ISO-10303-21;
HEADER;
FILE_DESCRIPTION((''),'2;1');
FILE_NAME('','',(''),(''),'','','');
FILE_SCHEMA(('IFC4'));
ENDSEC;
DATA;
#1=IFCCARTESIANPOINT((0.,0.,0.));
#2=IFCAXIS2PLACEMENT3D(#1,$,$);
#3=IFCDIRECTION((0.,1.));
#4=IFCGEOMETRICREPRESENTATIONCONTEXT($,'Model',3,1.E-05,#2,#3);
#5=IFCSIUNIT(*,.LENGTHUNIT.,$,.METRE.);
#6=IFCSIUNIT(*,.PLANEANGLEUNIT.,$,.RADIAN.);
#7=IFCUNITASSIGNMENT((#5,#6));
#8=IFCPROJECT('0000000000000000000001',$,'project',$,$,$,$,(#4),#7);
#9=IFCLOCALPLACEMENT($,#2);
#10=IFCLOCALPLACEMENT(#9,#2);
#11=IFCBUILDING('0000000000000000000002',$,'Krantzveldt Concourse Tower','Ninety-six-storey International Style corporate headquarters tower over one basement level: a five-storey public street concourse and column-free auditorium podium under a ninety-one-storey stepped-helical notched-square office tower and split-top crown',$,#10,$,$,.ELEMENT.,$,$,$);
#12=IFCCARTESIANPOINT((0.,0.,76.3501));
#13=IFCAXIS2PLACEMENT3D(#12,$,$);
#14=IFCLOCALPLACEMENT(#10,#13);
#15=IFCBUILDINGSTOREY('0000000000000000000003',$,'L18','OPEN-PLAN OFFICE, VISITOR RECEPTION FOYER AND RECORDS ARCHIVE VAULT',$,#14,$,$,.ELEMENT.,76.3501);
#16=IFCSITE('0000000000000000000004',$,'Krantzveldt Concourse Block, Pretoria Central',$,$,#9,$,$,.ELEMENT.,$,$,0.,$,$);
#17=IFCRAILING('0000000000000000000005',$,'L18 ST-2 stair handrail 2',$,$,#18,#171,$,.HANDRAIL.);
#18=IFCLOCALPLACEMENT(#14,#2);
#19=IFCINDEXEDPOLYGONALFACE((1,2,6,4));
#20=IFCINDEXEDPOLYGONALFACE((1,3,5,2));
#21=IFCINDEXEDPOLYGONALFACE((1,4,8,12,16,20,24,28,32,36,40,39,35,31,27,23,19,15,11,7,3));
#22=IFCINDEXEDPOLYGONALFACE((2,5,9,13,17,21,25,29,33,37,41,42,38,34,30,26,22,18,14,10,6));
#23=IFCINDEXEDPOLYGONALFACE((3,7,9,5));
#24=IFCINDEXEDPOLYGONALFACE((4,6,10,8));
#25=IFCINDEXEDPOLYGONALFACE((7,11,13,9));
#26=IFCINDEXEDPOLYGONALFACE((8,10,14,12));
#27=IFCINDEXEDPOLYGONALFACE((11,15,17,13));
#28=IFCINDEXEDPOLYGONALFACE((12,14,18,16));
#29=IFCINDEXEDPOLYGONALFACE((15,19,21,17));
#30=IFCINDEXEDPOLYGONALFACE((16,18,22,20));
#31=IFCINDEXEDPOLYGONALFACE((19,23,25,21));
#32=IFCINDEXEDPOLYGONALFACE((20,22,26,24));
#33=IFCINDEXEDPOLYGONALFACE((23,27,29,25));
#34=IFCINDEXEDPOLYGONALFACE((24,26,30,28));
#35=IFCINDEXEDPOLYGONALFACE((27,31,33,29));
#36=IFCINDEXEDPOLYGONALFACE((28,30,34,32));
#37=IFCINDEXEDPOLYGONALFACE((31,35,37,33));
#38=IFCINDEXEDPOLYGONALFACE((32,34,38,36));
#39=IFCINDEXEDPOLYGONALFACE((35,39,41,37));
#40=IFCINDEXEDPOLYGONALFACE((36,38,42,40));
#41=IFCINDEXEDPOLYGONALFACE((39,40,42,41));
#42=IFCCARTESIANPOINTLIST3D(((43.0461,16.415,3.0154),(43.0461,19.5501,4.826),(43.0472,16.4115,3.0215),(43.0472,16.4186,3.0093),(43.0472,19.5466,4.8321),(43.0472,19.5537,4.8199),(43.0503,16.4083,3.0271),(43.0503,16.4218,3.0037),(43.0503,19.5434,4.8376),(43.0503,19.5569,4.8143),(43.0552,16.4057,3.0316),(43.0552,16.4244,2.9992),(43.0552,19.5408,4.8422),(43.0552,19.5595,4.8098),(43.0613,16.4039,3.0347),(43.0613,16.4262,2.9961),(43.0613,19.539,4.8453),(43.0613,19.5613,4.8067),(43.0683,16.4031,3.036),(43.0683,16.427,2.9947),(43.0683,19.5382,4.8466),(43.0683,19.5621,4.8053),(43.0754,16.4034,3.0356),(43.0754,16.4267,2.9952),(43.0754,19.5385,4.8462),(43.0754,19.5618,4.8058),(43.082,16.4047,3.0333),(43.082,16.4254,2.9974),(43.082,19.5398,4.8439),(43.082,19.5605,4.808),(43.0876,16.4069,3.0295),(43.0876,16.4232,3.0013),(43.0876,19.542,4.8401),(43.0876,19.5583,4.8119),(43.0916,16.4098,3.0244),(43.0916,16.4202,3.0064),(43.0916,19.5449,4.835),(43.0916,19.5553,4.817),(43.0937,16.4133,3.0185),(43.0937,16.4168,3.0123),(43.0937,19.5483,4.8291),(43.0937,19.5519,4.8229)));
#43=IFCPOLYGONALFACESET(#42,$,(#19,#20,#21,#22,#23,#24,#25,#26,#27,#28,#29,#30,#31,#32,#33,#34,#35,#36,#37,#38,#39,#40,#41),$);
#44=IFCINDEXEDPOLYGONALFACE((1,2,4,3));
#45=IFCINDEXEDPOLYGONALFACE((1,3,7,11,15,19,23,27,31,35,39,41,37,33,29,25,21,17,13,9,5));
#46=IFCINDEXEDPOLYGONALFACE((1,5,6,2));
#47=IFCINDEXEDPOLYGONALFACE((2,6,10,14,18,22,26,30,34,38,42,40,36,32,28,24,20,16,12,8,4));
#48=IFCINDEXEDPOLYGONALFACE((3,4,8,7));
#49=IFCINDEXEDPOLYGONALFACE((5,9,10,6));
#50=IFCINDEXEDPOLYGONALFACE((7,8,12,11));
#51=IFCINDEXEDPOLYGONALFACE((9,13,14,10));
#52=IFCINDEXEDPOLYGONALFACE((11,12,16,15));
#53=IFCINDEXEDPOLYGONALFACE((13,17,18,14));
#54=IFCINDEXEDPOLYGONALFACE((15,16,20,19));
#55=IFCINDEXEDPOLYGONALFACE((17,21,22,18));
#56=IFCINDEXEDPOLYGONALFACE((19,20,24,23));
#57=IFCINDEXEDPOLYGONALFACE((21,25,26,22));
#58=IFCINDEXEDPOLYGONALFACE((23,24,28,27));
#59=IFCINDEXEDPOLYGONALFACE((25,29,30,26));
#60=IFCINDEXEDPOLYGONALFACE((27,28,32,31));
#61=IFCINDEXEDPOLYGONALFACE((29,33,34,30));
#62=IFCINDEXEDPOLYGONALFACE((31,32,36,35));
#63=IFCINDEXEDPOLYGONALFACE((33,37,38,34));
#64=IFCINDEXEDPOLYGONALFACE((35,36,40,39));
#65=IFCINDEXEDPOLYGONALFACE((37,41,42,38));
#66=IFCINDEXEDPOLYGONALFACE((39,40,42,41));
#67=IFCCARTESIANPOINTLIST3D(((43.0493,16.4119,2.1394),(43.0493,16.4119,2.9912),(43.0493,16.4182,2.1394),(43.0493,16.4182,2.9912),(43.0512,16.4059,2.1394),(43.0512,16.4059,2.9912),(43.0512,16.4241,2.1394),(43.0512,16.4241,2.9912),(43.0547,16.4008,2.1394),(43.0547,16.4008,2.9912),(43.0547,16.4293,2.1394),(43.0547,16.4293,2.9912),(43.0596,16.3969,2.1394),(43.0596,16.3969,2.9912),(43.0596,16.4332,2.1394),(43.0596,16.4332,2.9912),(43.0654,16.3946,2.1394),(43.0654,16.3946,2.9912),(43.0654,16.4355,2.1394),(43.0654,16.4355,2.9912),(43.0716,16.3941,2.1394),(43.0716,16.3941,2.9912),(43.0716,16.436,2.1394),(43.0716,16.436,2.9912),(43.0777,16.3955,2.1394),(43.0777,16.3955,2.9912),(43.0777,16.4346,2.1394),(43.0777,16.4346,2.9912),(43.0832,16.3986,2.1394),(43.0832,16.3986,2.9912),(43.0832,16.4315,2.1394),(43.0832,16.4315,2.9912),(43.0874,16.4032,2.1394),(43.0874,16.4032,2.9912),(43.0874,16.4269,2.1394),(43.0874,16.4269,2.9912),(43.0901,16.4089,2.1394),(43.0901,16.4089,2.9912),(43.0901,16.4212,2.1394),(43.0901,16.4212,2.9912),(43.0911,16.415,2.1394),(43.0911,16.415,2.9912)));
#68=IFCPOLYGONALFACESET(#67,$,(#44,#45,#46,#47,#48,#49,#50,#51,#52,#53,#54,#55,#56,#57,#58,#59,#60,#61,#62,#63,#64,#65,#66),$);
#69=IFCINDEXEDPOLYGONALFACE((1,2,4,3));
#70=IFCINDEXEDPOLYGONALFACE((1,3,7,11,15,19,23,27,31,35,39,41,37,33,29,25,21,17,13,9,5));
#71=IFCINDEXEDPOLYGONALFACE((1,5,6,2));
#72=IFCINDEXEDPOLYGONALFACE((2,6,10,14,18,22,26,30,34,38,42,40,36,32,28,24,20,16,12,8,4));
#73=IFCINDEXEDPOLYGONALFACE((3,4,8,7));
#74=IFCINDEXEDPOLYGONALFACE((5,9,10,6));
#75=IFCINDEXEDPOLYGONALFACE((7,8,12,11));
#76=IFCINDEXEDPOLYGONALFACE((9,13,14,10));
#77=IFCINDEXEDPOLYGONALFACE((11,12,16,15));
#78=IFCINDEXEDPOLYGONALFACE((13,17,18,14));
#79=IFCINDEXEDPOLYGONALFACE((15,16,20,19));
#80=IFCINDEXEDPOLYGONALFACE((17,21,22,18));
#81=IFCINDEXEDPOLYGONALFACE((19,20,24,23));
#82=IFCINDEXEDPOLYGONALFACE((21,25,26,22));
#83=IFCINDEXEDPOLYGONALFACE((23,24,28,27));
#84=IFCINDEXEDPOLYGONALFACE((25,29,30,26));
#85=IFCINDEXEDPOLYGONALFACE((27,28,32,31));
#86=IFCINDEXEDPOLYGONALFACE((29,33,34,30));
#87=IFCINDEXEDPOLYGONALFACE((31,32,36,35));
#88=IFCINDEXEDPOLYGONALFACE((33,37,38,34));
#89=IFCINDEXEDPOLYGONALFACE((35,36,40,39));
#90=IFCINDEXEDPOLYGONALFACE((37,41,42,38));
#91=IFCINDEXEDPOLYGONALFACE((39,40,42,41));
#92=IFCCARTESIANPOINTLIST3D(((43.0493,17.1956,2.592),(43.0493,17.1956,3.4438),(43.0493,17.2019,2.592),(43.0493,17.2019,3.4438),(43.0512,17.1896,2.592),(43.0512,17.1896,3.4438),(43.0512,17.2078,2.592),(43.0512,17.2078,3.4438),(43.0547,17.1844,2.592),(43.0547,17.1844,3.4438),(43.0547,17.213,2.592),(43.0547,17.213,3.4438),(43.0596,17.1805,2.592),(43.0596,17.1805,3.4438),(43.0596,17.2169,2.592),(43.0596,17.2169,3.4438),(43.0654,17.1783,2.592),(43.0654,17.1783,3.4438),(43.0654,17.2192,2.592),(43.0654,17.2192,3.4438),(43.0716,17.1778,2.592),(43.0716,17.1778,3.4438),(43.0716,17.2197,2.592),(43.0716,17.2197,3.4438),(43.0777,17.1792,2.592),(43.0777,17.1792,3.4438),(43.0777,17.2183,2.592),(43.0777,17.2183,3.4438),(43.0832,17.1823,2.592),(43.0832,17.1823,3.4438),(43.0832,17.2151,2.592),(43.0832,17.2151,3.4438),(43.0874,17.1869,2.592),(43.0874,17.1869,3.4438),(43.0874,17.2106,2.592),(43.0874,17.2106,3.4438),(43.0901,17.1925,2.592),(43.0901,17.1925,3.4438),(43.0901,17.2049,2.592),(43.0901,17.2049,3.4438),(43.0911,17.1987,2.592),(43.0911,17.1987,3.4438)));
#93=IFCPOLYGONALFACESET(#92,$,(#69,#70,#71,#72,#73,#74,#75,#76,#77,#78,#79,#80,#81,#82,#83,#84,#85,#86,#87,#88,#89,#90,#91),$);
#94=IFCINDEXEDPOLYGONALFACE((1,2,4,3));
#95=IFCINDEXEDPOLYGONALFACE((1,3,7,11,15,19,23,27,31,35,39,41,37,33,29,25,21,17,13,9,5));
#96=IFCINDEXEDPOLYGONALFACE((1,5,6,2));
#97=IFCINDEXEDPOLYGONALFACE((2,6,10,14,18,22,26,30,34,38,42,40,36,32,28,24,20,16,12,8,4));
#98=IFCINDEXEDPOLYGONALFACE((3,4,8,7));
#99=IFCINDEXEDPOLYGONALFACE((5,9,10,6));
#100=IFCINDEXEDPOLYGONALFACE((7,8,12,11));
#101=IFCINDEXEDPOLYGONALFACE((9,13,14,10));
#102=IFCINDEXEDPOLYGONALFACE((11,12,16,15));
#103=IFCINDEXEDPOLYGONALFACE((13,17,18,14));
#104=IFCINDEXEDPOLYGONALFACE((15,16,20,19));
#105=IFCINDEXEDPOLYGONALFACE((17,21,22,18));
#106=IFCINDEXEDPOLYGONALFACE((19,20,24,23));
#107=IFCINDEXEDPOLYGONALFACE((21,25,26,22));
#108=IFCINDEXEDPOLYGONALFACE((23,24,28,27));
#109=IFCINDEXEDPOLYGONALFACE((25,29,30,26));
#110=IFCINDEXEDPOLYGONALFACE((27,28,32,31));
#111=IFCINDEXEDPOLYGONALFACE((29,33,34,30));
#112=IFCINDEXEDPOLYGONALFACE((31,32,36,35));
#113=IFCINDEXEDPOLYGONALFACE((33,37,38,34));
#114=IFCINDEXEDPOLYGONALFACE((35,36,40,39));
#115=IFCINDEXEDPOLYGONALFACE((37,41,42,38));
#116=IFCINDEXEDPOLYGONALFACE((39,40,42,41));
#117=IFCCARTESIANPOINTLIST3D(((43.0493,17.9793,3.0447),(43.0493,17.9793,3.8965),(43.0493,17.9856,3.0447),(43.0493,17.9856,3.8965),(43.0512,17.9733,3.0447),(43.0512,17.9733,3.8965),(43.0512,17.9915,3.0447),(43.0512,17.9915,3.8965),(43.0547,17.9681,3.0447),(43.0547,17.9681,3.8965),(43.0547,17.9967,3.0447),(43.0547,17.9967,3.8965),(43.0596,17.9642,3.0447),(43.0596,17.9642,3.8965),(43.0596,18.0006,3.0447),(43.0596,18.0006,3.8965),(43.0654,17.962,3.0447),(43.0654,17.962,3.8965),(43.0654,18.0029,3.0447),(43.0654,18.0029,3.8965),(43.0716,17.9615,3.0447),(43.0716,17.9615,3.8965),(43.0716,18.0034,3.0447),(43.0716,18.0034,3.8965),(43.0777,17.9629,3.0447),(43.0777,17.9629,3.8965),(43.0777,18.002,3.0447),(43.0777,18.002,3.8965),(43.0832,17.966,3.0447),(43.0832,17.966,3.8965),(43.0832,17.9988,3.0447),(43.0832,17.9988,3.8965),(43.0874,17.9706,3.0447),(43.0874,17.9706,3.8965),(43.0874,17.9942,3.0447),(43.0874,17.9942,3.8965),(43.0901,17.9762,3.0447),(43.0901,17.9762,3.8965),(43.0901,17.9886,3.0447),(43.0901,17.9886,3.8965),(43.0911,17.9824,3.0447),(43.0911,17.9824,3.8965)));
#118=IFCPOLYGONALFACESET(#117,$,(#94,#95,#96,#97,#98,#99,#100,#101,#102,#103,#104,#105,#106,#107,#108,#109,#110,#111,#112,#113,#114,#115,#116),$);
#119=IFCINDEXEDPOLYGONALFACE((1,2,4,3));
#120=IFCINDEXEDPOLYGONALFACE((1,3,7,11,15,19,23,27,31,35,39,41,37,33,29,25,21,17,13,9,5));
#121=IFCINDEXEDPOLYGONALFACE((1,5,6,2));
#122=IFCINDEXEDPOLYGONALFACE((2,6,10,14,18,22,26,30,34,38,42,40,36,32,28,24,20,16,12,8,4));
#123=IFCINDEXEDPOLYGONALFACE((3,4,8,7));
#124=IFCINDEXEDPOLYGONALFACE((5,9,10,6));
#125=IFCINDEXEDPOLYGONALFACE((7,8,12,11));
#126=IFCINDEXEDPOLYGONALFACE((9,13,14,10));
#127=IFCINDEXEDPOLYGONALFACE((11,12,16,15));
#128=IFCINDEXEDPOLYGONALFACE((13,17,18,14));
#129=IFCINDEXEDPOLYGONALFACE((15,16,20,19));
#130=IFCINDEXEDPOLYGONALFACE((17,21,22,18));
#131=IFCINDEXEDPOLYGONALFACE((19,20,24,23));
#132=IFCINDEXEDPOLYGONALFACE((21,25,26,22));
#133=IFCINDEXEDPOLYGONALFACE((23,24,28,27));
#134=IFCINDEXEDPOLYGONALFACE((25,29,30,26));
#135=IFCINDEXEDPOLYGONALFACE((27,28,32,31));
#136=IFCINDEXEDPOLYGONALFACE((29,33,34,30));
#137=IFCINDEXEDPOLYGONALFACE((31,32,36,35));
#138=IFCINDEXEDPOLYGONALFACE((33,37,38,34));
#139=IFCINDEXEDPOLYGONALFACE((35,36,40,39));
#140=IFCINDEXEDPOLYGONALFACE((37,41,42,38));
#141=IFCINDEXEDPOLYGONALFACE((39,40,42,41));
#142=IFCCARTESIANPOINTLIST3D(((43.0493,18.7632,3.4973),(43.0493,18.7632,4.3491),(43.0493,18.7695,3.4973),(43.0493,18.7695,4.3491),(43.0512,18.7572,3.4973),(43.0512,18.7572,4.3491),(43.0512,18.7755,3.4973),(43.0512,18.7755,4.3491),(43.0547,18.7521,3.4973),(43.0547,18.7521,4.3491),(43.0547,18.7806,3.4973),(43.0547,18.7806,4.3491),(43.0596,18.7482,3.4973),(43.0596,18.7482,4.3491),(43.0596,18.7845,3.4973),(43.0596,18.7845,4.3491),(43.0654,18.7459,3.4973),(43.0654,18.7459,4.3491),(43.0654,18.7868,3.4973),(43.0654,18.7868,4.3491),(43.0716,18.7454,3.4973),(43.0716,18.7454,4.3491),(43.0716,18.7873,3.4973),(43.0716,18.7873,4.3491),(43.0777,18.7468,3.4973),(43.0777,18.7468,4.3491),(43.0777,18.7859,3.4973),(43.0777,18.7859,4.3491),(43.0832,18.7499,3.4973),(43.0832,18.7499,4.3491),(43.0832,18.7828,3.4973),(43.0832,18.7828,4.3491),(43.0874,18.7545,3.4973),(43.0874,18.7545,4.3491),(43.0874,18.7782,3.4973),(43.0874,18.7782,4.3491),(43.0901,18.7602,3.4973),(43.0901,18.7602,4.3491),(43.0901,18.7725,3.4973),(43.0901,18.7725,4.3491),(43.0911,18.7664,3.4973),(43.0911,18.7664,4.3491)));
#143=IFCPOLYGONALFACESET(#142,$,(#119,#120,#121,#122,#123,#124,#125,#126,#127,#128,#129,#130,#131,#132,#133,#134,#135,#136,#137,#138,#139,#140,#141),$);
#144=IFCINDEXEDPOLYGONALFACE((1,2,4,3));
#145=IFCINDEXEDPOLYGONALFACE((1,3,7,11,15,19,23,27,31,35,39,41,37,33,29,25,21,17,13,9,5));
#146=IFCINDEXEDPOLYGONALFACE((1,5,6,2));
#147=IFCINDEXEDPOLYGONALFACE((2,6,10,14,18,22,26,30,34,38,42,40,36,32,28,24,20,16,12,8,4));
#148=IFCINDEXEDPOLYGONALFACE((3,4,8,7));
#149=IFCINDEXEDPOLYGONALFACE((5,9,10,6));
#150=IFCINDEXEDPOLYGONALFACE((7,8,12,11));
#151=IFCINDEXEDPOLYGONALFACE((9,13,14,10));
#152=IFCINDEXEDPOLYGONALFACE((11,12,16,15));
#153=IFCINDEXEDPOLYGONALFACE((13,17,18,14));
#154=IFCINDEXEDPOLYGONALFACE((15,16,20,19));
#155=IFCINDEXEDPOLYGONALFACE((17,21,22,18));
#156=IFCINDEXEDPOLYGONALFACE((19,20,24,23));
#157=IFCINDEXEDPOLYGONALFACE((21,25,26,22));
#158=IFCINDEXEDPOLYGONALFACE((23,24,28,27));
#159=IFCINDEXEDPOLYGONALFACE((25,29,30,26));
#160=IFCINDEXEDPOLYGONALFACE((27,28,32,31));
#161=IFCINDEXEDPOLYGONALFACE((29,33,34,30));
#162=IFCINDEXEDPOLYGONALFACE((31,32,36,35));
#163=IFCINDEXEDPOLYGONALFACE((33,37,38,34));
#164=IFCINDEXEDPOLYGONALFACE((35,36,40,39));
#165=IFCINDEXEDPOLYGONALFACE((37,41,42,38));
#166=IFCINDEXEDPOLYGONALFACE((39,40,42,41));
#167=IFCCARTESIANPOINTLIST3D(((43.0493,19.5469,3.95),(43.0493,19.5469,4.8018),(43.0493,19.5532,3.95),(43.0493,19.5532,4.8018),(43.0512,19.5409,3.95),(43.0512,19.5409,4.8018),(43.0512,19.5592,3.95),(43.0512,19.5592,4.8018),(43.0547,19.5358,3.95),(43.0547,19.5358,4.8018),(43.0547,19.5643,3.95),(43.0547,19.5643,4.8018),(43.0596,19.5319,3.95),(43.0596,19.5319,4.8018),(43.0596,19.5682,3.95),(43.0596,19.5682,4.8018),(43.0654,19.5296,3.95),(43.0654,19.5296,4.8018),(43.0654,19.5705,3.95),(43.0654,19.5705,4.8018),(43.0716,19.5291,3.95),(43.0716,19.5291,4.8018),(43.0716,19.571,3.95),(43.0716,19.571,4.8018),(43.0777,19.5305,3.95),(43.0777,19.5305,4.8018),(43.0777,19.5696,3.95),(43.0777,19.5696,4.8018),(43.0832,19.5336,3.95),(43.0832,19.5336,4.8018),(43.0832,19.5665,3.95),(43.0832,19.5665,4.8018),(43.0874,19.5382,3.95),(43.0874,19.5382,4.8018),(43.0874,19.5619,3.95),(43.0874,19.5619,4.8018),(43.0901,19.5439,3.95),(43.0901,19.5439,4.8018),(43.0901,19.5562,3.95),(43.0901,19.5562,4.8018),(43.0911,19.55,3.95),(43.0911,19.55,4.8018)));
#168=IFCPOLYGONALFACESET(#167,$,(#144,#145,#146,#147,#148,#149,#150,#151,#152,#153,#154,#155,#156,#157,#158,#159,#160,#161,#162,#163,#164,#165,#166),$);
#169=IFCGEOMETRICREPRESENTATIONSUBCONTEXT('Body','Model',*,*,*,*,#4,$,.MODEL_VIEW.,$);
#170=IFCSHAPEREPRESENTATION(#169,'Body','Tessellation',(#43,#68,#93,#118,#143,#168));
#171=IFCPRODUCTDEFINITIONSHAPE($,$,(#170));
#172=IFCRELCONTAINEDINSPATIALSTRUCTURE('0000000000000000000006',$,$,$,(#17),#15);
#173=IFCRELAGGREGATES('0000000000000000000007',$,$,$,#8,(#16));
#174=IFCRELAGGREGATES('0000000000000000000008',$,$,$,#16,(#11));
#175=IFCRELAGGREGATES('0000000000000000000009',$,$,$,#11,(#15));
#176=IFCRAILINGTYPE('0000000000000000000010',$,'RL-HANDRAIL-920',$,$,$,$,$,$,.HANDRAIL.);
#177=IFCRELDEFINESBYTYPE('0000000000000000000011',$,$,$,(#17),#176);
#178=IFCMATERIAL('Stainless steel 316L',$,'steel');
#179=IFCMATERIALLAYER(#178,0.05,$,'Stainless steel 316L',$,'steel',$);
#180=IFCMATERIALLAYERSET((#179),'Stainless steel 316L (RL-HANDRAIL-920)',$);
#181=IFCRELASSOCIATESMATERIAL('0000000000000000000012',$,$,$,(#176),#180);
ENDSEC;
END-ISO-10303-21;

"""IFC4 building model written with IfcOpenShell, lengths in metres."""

from ifc_helpers import new_model, si_unit, direction, frame, origin, origin_2d, place, context, subcontext, project, spatial, circle, extrude, material, layer, layer_set, type_object, element, save


model = new_model("IFC4")

# Units and contexts
model_context = context("Model", 3, precision=1e-05, world=origin(), true_north=direction((0.0, 1.0)))
body_context = subcontext(model_context, "Body", "Model", "MODEL_VIEW")
ifc_project = project(units=[si_unit("LENGTHUNIT", "METRE"), si_unit("PLANEANGLEUNIT", "RADIAN")], contexts=[model_context])

# Site, building, storey
site_placement = place(None, origin())
site = spatial("IfcSite", under=ifc_project, at=site_placement, Name="Krantzveldt Concourse Block, Pretoria Central", CompositionType="ELEMENT", RefElevation=0.0)
building_placement = place(site_placement, origin())
building = spatial("IfcBuilding", under=site, at=building_placement, Name="Krantzveldt Concourse Tower", Description="Ninety-six-storey International Style corporate headquarters tower over one basement level: a five-storey public street concourse and column-free auditorium podium under a ninety-one-storey stepped-helical notched-square office tower and split-top crown", CompositionType="ELEMENT")
storey_placement = place(building_placement, frame((0.0, 0.0, 76.3501)))
storey = spatial("IfcBuildingStorey", under=building, at=storey_placement, Name="L18", Description="OPEN-PLAN OFFICE, VISITOR RECEPTION FOYER AND RECORDS ARCHIVE VAULT", CompositionType="ELEMENT", Elevation=76.3501)

# Shared definitions
ifc_material_1 = material(Name="Stainless steel 316L", Category="steel")

# Railing
ifc_layer_1 = layer(ifc_material_1, 0.05, Name="Stainless steel 316L", Category="steel")
ifc_layer_set_1 = layer_set([ifc_layer_1], Name="Stainless steel 316L (RL-HANDRAIL-920)")
railing_type_1 = type_object("IfcRailingType", Name="RL-HANDRAIL-920", PredefinedType="HANDRAIL", material=ifc_layer_set_1)
railing_1_placement = place(storey_placement, frame((43.0701, 16.415, 2.1394)))
element("IfcRailing", 1, at=railing_1_placement, inside=storey, type_object=railing_type_1, Name="L18 ST-2 stair handrail 2", PredefinedType="HANDRAIL", context=body_context, shape_type="SweptSolid", body=[
    extrude(circle(Radius=0.0239, at=origin_2d()), frame((0.0, 0.0, 0.876), z_axis=(0.0, 0.86596, 0.500114), x_axis=(-1.0, 0.0, 0.0)), (0.0, 0.0, 1.0), 3.6204),
    extrude(circle(Radius=0.021, at=origin_2d()), origin(), (0.0, 0.0, 1.0), 0.8518),
    extrude(circle(Radius=0.021, at=origin_2d()), frame((0.0, 0.7837, 0.4526)), (0.0, 0.0, 1.0), 0.8518),
    extrude(circle(Radius=0.021, at=origin_2d()), frame((0.0, 1.5674, 0.9053)), (0.0, 0.0, 1.0), 0.8518),
    extrude(circle(Radius=0.021, at=origin_2d()), frame((0.0, 2.3513, 1.3579)), (0.0, 0.0, 1.0), 0.8518),
    extrude(circle(Radius=0.021, at=origin_2d()), frame((0.0, 3.135, 1.8105)), (0.0, 0.0, 1.0), 0.8518),
])

save(model, "model.ifc")
